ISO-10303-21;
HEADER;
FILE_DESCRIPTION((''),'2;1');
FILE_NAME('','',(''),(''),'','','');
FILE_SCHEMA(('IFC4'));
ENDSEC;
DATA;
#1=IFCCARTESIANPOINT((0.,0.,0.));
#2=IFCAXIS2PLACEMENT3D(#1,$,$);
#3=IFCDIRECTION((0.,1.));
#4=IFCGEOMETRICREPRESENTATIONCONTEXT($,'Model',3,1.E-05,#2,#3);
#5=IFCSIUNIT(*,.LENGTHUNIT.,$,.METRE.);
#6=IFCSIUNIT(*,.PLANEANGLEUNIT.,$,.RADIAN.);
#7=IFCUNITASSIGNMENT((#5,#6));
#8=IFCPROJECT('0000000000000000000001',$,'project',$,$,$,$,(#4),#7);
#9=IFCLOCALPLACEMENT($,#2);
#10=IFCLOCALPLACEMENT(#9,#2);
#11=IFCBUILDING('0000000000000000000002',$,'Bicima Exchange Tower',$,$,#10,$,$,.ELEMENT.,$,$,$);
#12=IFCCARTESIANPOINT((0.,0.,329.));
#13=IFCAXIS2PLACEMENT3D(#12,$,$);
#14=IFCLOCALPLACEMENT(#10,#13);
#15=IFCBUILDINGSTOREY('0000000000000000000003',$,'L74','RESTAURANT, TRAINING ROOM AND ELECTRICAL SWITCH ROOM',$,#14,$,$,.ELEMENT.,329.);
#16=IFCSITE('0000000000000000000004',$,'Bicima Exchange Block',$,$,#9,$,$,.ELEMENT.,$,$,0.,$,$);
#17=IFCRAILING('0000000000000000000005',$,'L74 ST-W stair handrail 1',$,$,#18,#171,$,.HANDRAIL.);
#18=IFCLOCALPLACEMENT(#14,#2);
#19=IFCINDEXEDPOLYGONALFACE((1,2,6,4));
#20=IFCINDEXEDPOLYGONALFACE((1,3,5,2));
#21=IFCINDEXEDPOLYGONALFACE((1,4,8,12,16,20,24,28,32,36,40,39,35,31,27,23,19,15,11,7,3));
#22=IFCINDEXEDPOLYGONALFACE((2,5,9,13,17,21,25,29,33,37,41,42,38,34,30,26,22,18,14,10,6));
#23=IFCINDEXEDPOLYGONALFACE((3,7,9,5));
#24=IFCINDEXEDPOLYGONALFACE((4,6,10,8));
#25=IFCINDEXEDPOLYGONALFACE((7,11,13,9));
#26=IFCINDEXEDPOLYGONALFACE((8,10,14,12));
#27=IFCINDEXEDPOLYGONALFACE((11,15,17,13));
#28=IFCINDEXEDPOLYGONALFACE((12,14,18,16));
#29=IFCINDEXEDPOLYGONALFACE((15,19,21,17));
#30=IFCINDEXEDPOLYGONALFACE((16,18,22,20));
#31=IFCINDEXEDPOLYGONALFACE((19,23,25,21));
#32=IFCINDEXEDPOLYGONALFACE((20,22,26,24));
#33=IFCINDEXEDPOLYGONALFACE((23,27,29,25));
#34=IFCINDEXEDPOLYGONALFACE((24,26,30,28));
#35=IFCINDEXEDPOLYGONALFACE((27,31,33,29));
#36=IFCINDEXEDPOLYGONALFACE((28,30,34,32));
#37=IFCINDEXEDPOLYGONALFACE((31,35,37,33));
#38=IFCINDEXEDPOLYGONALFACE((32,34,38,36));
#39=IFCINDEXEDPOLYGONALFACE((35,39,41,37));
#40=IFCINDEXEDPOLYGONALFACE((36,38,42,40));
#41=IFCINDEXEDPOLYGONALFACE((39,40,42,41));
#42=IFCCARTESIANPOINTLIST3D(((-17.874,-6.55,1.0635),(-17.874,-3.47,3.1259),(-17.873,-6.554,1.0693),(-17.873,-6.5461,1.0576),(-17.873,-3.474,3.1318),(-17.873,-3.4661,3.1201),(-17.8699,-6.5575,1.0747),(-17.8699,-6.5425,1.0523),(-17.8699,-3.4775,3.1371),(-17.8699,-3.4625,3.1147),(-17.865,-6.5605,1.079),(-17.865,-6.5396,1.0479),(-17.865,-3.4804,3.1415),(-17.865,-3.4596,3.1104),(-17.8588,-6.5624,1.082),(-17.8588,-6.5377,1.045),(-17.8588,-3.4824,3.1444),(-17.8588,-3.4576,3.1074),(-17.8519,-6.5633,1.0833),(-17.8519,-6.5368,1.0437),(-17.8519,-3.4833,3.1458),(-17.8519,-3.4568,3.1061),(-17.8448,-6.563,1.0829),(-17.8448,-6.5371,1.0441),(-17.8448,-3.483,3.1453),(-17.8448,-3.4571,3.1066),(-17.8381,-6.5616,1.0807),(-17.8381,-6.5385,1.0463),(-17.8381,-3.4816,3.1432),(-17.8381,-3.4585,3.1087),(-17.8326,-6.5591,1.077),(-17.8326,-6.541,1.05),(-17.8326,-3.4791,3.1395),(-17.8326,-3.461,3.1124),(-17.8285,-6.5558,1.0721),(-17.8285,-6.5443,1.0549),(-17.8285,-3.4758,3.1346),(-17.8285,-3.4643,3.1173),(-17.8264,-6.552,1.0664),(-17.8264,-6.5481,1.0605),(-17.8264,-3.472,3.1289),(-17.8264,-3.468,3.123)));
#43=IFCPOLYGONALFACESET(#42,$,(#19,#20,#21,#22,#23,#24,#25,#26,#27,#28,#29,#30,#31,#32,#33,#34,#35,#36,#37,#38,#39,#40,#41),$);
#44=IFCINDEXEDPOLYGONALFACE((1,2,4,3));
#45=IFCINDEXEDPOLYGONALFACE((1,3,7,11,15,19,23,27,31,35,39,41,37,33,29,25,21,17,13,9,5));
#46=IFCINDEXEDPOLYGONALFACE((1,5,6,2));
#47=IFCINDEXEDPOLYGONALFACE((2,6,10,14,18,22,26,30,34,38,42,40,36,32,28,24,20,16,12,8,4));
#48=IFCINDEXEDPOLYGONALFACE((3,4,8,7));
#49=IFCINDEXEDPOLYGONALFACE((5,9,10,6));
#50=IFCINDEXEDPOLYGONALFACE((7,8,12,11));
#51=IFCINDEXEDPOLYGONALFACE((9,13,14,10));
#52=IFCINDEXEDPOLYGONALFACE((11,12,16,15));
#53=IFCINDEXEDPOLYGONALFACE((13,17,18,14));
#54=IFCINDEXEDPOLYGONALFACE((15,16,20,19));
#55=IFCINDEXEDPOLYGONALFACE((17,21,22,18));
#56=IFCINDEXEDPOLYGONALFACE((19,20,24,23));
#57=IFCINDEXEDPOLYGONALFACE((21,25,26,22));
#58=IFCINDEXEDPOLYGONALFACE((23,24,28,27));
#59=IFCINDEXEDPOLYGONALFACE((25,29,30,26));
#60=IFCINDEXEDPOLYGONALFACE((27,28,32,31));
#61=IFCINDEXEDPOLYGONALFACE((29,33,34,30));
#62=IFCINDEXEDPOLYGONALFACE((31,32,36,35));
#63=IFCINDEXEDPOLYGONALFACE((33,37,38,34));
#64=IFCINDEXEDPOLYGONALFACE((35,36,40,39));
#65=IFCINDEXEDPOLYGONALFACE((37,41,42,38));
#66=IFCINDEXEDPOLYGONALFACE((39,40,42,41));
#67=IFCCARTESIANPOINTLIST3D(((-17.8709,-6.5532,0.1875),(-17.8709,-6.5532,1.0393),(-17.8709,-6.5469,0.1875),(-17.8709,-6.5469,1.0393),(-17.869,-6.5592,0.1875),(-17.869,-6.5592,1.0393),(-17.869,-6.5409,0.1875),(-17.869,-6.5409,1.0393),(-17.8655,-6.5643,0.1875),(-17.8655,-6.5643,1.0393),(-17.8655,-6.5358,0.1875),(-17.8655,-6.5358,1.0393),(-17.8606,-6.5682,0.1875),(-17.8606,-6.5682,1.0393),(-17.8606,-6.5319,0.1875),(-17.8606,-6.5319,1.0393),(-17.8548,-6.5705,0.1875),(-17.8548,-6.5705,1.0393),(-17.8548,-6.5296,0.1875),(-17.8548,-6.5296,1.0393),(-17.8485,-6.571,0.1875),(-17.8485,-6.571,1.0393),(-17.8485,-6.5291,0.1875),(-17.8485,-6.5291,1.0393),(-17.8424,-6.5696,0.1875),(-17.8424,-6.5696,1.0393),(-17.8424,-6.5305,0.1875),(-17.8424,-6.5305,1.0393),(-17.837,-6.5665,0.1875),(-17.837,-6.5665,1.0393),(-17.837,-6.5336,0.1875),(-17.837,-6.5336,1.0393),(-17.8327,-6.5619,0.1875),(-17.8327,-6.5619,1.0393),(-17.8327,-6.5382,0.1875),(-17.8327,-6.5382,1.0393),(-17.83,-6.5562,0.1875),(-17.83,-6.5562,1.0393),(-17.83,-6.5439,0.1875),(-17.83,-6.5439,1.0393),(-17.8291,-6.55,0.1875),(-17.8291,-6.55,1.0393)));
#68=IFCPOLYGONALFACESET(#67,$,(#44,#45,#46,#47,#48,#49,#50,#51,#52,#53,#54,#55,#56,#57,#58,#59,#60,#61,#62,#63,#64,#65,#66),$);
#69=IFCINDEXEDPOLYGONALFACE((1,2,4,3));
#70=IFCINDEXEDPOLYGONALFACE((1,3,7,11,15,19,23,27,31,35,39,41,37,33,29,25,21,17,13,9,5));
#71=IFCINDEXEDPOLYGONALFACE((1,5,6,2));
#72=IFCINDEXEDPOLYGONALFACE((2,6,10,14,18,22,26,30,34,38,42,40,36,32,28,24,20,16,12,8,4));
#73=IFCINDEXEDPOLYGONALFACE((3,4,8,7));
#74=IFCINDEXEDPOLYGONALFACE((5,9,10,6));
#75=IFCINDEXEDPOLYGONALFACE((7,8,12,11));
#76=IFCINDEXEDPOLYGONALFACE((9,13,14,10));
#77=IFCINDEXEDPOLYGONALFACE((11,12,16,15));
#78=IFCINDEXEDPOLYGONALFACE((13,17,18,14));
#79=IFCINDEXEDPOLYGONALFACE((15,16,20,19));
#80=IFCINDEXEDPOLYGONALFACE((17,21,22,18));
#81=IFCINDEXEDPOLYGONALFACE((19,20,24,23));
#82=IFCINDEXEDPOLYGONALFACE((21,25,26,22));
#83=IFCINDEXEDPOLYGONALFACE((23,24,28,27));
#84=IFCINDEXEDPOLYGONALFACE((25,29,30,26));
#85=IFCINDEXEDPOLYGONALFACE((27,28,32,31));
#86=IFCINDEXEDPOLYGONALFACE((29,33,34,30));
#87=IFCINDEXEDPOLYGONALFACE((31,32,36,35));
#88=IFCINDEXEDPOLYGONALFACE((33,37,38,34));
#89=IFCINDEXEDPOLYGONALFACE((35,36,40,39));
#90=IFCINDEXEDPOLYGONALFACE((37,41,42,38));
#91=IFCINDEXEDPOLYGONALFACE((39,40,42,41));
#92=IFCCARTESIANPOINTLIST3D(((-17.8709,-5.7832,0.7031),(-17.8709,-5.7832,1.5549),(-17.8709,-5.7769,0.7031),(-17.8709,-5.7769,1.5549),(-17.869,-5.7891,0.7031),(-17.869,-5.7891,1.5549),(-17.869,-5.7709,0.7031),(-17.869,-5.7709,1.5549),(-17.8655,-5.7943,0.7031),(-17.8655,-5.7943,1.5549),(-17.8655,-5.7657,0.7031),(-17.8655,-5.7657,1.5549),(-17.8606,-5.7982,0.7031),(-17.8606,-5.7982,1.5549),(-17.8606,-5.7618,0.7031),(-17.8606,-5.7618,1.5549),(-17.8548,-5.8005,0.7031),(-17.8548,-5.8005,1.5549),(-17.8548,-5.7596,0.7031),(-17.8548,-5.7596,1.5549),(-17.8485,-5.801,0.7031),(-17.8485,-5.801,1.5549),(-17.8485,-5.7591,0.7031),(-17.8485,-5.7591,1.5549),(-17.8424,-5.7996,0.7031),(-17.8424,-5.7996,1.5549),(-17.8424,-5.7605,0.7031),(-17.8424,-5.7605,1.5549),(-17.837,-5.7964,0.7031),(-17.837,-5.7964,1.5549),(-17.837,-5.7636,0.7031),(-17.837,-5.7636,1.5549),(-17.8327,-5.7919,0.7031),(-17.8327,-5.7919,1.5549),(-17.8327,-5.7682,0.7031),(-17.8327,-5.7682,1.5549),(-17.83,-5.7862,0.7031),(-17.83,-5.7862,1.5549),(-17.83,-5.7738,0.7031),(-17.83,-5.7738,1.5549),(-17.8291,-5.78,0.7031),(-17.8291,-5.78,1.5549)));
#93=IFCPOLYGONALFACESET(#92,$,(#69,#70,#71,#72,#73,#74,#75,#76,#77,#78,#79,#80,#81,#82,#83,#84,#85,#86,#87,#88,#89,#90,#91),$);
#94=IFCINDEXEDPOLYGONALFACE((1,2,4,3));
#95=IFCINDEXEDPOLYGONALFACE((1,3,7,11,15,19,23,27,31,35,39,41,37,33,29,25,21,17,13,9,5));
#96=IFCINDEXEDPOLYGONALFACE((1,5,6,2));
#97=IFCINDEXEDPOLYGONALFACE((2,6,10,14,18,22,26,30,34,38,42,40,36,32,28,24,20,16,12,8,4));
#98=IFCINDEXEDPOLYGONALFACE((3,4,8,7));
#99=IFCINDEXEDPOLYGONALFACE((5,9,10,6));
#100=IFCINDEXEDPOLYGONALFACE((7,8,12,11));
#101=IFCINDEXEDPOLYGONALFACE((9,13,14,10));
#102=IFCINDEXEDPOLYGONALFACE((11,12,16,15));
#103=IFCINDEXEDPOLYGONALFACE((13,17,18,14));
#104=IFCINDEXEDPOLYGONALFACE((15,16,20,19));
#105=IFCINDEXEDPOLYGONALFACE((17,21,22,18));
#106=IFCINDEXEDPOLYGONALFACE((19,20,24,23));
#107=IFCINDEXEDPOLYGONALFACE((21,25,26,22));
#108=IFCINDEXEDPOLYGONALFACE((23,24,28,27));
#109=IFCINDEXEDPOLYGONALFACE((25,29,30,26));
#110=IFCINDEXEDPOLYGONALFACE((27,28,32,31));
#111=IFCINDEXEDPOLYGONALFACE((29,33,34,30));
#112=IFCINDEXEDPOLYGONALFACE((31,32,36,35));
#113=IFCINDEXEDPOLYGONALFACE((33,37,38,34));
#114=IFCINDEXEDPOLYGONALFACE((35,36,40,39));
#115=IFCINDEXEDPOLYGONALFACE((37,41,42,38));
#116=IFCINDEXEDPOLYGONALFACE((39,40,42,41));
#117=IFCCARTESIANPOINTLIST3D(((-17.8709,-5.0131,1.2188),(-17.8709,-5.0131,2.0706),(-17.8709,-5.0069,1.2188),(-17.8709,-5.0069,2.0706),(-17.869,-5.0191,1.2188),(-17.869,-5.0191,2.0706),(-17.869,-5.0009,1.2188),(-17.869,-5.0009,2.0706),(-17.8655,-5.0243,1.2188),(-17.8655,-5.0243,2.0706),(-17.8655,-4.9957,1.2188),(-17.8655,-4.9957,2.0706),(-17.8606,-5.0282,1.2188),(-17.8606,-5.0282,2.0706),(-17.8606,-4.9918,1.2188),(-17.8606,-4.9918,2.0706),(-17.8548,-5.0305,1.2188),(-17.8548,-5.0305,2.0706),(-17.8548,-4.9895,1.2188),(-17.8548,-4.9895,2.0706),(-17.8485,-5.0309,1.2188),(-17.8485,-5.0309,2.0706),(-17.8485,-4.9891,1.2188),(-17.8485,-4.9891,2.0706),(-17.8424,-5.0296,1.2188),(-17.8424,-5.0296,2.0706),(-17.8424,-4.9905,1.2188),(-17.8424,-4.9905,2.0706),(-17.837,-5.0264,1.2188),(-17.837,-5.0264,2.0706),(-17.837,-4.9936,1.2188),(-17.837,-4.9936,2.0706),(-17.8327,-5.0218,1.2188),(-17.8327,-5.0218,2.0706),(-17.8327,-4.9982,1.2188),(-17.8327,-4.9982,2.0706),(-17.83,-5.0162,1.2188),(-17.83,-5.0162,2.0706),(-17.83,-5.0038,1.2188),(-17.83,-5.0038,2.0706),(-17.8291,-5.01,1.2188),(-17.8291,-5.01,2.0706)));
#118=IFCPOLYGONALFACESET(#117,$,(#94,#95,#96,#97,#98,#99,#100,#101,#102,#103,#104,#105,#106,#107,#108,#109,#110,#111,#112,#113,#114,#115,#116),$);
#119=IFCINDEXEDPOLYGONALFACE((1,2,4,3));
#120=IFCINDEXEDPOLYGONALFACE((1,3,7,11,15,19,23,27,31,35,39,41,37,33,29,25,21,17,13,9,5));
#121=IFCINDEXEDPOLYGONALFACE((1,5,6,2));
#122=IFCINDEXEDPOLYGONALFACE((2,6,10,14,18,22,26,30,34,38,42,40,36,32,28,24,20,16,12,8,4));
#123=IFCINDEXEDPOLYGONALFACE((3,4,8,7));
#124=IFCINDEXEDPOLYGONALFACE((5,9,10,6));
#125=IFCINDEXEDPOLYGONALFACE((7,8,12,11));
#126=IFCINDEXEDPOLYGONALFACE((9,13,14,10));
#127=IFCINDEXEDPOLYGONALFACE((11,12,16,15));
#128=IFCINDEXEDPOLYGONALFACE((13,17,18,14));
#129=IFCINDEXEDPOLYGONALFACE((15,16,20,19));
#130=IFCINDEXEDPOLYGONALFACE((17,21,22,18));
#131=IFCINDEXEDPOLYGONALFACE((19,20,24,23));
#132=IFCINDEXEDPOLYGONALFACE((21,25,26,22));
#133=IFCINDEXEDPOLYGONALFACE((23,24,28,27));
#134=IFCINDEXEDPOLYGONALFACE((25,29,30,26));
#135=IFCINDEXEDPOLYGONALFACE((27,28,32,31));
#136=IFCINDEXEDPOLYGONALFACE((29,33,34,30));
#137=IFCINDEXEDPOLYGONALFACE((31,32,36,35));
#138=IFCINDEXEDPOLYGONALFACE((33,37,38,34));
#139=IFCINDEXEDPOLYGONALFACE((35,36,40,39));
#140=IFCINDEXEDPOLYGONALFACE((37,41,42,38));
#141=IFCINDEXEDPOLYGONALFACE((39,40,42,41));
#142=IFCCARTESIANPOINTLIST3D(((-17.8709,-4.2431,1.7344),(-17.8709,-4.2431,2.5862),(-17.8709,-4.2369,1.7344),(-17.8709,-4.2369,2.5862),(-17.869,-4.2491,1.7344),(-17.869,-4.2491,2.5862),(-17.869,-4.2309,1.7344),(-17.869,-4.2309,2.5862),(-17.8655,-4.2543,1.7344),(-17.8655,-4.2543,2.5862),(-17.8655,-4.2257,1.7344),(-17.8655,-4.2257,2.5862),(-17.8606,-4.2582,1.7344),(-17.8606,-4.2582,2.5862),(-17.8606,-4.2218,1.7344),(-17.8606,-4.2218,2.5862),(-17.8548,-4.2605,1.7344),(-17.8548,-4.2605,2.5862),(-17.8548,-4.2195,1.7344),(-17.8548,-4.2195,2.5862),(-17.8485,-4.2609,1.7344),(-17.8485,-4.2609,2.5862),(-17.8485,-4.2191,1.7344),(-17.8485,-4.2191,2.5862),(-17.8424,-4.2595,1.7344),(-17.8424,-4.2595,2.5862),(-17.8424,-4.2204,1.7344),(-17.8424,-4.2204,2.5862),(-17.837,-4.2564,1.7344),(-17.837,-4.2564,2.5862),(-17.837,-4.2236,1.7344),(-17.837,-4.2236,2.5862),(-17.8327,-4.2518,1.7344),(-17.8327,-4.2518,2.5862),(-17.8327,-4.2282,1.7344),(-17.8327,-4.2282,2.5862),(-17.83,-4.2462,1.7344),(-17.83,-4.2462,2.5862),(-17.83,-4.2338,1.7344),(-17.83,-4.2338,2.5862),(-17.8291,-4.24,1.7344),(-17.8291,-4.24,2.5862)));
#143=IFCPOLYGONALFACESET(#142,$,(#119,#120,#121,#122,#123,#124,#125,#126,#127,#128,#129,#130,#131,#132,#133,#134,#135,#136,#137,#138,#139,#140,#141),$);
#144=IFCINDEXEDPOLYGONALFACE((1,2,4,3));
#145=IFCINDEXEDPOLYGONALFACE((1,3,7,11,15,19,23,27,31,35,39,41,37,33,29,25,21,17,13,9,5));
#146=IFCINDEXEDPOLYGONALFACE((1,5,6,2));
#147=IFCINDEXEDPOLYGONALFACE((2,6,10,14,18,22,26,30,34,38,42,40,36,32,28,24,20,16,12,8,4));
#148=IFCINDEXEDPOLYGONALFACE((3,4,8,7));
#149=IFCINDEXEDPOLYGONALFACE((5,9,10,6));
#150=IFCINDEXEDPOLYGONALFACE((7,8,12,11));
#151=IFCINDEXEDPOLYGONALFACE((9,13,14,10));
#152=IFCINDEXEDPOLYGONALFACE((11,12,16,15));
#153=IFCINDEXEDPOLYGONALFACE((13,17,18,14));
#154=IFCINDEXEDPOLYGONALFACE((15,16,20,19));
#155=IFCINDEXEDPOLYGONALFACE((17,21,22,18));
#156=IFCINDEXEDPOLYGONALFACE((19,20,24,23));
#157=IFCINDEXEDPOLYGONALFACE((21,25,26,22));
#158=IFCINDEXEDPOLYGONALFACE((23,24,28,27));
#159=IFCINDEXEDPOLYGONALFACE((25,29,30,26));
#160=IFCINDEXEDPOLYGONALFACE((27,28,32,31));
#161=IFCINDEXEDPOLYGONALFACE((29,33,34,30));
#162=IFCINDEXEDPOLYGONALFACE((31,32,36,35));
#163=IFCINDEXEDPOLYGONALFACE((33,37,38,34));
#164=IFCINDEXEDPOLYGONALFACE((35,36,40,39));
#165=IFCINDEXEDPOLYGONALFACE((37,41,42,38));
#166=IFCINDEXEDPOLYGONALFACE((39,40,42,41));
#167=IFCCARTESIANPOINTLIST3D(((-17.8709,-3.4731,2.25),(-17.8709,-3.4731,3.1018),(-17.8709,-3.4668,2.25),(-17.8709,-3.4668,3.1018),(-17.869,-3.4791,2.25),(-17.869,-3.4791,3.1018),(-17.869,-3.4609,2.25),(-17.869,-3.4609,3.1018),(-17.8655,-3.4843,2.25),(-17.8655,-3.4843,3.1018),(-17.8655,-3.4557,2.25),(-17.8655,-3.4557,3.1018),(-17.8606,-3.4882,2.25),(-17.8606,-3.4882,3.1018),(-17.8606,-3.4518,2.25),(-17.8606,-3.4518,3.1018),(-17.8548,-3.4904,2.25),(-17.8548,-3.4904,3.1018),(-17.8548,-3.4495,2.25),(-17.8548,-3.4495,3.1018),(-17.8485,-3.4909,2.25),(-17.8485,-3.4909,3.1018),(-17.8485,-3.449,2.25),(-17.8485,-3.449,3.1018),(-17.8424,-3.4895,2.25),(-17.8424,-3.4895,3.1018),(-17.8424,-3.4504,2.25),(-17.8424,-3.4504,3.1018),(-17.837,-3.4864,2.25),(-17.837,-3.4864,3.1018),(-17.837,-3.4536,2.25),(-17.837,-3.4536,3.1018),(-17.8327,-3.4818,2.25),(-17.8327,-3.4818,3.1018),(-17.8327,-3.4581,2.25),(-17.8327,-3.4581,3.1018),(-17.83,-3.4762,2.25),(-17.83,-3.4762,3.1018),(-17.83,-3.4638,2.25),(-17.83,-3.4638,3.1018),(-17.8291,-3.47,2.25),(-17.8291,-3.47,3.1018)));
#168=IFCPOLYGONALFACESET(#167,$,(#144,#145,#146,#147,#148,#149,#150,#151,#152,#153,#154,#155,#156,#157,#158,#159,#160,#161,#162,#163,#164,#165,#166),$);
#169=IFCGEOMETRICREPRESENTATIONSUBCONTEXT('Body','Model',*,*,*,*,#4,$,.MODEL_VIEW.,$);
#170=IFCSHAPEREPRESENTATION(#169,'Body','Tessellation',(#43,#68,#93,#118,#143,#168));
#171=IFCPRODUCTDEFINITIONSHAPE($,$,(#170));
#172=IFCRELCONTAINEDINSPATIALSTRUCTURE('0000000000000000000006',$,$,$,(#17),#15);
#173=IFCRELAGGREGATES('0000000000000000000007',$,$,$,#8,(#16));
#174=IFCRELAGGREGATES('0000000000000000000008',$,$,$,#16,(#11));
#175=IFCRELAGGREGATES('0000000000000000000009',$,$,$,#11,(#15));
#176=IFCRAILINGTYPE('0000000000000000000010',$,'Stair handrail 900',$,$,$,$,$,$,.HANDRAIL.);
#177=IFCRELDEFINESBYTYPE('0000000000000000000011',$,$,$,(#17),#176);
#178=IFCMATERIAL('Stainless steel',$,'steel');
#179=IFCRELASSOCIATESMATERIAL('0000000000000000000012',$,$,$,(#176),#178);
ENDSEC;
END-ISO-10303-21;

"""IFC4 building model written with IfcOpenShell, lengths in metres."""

from ifc_helpers import new_model, si_unit, direction, frame, origin, origin_2d, place, context, subcontext, project, spatial, circle, extrude, material, type_object, element, save


model = new_model("IFC4")

# Units and contexts
model_context = context("Model", 3, precision=1e-05, world=origin(), true_north=direction((0.0, 1.0)))
body_context = subcontext(model_context, "Body", "Model", "MODEL_VIEW")
ifc_project = project(units=[si_unit("LENGTHUNIT", "METRE"), si_unit("PLANEANGLEUNIT", "RADIAN")], contexts=[model_context])

# Site, building, storey
site_placement = place(None, origin())
site = spatial("IfcSite", under=ifc_project, at=site_placement, Name="Bicima Exchange Block", CompositionType="ELEMENT", RefElevation=0.0)
building_placement = place(site_placement, origin())
building = spatial("IfcBuilding", under=site, at=building_placement, Name="Bicima Exchange Tower", CompositionType="ELEMENT")
storey_placement = place(building_placement, frame((0.0, 0.0, 329.0)))
storey = spatial("IfcBuildingStorey", under=building, at=storey_placement, Name="L74", Description="RESTAURANT, TRAINING ROOM AND ELECTRICAL SWITCH ROOM", CompositionType="ELEMENT", Elevation=329.0)

# Shared definitions
ifc_material_1 = material(Name="Stainless steel", Category="steel")

# Railing
railing_type_1 = type_object("IfcRailingType", Name="Stair handrail 900", PredefinedType="HANDRAIL", material=ifc_material_1)
railing_1_placement = place(storey_placement, frame((-17.8501, -6.55, 0.1875)))
element("IfcRailing", 1, at=railing_1_placement, inside=storey, type_object=railing_type_1, Name="L74 ST-W stair handrail 1", PredefinedType="HANDRAIL", context=body_context, shape_type="SweptSolid", body=[
    extrude(circle(Radius=0.0239, at=origin_2d()), frame((0.0, 0.0, 0.876), z_axis=(0.0, 0.830914, 0.556401), x_axis=(-1.0, 0.0, 0.0)), (0.0, 0.0, 1.0), 3.7068),
    extrude(circle(Radius=0.021, at=origin_2d()), origin(), (0.0, 0.0, 1.0), 0.8518),
    extrude(circle(Radius=0.021, at=origin_2d()), frame((0.0, 0.77, 0.5156)), (0.0, 0.0, 1.0), 0.8518),
    extrude(circle(Radius=0.021, at=origin_2d()), frame((0.0, 1.54, 1.0312)), (0.0, 0.0, 1.0), 0.8518),
    extrude(circle(Radius=0.021, at=origin_2d()), frame((0.0, 2.3101, 1.5469)), (0.0, 0.0, 1.0), 0.8518),
    extrude(circle(Radius=0.021, at=origin_2d()), frame((0.0, 3.0801, 2.0625)), (0.0, 0.0, 1.0), 0.8518),
])

save(model, "model.ifc")
